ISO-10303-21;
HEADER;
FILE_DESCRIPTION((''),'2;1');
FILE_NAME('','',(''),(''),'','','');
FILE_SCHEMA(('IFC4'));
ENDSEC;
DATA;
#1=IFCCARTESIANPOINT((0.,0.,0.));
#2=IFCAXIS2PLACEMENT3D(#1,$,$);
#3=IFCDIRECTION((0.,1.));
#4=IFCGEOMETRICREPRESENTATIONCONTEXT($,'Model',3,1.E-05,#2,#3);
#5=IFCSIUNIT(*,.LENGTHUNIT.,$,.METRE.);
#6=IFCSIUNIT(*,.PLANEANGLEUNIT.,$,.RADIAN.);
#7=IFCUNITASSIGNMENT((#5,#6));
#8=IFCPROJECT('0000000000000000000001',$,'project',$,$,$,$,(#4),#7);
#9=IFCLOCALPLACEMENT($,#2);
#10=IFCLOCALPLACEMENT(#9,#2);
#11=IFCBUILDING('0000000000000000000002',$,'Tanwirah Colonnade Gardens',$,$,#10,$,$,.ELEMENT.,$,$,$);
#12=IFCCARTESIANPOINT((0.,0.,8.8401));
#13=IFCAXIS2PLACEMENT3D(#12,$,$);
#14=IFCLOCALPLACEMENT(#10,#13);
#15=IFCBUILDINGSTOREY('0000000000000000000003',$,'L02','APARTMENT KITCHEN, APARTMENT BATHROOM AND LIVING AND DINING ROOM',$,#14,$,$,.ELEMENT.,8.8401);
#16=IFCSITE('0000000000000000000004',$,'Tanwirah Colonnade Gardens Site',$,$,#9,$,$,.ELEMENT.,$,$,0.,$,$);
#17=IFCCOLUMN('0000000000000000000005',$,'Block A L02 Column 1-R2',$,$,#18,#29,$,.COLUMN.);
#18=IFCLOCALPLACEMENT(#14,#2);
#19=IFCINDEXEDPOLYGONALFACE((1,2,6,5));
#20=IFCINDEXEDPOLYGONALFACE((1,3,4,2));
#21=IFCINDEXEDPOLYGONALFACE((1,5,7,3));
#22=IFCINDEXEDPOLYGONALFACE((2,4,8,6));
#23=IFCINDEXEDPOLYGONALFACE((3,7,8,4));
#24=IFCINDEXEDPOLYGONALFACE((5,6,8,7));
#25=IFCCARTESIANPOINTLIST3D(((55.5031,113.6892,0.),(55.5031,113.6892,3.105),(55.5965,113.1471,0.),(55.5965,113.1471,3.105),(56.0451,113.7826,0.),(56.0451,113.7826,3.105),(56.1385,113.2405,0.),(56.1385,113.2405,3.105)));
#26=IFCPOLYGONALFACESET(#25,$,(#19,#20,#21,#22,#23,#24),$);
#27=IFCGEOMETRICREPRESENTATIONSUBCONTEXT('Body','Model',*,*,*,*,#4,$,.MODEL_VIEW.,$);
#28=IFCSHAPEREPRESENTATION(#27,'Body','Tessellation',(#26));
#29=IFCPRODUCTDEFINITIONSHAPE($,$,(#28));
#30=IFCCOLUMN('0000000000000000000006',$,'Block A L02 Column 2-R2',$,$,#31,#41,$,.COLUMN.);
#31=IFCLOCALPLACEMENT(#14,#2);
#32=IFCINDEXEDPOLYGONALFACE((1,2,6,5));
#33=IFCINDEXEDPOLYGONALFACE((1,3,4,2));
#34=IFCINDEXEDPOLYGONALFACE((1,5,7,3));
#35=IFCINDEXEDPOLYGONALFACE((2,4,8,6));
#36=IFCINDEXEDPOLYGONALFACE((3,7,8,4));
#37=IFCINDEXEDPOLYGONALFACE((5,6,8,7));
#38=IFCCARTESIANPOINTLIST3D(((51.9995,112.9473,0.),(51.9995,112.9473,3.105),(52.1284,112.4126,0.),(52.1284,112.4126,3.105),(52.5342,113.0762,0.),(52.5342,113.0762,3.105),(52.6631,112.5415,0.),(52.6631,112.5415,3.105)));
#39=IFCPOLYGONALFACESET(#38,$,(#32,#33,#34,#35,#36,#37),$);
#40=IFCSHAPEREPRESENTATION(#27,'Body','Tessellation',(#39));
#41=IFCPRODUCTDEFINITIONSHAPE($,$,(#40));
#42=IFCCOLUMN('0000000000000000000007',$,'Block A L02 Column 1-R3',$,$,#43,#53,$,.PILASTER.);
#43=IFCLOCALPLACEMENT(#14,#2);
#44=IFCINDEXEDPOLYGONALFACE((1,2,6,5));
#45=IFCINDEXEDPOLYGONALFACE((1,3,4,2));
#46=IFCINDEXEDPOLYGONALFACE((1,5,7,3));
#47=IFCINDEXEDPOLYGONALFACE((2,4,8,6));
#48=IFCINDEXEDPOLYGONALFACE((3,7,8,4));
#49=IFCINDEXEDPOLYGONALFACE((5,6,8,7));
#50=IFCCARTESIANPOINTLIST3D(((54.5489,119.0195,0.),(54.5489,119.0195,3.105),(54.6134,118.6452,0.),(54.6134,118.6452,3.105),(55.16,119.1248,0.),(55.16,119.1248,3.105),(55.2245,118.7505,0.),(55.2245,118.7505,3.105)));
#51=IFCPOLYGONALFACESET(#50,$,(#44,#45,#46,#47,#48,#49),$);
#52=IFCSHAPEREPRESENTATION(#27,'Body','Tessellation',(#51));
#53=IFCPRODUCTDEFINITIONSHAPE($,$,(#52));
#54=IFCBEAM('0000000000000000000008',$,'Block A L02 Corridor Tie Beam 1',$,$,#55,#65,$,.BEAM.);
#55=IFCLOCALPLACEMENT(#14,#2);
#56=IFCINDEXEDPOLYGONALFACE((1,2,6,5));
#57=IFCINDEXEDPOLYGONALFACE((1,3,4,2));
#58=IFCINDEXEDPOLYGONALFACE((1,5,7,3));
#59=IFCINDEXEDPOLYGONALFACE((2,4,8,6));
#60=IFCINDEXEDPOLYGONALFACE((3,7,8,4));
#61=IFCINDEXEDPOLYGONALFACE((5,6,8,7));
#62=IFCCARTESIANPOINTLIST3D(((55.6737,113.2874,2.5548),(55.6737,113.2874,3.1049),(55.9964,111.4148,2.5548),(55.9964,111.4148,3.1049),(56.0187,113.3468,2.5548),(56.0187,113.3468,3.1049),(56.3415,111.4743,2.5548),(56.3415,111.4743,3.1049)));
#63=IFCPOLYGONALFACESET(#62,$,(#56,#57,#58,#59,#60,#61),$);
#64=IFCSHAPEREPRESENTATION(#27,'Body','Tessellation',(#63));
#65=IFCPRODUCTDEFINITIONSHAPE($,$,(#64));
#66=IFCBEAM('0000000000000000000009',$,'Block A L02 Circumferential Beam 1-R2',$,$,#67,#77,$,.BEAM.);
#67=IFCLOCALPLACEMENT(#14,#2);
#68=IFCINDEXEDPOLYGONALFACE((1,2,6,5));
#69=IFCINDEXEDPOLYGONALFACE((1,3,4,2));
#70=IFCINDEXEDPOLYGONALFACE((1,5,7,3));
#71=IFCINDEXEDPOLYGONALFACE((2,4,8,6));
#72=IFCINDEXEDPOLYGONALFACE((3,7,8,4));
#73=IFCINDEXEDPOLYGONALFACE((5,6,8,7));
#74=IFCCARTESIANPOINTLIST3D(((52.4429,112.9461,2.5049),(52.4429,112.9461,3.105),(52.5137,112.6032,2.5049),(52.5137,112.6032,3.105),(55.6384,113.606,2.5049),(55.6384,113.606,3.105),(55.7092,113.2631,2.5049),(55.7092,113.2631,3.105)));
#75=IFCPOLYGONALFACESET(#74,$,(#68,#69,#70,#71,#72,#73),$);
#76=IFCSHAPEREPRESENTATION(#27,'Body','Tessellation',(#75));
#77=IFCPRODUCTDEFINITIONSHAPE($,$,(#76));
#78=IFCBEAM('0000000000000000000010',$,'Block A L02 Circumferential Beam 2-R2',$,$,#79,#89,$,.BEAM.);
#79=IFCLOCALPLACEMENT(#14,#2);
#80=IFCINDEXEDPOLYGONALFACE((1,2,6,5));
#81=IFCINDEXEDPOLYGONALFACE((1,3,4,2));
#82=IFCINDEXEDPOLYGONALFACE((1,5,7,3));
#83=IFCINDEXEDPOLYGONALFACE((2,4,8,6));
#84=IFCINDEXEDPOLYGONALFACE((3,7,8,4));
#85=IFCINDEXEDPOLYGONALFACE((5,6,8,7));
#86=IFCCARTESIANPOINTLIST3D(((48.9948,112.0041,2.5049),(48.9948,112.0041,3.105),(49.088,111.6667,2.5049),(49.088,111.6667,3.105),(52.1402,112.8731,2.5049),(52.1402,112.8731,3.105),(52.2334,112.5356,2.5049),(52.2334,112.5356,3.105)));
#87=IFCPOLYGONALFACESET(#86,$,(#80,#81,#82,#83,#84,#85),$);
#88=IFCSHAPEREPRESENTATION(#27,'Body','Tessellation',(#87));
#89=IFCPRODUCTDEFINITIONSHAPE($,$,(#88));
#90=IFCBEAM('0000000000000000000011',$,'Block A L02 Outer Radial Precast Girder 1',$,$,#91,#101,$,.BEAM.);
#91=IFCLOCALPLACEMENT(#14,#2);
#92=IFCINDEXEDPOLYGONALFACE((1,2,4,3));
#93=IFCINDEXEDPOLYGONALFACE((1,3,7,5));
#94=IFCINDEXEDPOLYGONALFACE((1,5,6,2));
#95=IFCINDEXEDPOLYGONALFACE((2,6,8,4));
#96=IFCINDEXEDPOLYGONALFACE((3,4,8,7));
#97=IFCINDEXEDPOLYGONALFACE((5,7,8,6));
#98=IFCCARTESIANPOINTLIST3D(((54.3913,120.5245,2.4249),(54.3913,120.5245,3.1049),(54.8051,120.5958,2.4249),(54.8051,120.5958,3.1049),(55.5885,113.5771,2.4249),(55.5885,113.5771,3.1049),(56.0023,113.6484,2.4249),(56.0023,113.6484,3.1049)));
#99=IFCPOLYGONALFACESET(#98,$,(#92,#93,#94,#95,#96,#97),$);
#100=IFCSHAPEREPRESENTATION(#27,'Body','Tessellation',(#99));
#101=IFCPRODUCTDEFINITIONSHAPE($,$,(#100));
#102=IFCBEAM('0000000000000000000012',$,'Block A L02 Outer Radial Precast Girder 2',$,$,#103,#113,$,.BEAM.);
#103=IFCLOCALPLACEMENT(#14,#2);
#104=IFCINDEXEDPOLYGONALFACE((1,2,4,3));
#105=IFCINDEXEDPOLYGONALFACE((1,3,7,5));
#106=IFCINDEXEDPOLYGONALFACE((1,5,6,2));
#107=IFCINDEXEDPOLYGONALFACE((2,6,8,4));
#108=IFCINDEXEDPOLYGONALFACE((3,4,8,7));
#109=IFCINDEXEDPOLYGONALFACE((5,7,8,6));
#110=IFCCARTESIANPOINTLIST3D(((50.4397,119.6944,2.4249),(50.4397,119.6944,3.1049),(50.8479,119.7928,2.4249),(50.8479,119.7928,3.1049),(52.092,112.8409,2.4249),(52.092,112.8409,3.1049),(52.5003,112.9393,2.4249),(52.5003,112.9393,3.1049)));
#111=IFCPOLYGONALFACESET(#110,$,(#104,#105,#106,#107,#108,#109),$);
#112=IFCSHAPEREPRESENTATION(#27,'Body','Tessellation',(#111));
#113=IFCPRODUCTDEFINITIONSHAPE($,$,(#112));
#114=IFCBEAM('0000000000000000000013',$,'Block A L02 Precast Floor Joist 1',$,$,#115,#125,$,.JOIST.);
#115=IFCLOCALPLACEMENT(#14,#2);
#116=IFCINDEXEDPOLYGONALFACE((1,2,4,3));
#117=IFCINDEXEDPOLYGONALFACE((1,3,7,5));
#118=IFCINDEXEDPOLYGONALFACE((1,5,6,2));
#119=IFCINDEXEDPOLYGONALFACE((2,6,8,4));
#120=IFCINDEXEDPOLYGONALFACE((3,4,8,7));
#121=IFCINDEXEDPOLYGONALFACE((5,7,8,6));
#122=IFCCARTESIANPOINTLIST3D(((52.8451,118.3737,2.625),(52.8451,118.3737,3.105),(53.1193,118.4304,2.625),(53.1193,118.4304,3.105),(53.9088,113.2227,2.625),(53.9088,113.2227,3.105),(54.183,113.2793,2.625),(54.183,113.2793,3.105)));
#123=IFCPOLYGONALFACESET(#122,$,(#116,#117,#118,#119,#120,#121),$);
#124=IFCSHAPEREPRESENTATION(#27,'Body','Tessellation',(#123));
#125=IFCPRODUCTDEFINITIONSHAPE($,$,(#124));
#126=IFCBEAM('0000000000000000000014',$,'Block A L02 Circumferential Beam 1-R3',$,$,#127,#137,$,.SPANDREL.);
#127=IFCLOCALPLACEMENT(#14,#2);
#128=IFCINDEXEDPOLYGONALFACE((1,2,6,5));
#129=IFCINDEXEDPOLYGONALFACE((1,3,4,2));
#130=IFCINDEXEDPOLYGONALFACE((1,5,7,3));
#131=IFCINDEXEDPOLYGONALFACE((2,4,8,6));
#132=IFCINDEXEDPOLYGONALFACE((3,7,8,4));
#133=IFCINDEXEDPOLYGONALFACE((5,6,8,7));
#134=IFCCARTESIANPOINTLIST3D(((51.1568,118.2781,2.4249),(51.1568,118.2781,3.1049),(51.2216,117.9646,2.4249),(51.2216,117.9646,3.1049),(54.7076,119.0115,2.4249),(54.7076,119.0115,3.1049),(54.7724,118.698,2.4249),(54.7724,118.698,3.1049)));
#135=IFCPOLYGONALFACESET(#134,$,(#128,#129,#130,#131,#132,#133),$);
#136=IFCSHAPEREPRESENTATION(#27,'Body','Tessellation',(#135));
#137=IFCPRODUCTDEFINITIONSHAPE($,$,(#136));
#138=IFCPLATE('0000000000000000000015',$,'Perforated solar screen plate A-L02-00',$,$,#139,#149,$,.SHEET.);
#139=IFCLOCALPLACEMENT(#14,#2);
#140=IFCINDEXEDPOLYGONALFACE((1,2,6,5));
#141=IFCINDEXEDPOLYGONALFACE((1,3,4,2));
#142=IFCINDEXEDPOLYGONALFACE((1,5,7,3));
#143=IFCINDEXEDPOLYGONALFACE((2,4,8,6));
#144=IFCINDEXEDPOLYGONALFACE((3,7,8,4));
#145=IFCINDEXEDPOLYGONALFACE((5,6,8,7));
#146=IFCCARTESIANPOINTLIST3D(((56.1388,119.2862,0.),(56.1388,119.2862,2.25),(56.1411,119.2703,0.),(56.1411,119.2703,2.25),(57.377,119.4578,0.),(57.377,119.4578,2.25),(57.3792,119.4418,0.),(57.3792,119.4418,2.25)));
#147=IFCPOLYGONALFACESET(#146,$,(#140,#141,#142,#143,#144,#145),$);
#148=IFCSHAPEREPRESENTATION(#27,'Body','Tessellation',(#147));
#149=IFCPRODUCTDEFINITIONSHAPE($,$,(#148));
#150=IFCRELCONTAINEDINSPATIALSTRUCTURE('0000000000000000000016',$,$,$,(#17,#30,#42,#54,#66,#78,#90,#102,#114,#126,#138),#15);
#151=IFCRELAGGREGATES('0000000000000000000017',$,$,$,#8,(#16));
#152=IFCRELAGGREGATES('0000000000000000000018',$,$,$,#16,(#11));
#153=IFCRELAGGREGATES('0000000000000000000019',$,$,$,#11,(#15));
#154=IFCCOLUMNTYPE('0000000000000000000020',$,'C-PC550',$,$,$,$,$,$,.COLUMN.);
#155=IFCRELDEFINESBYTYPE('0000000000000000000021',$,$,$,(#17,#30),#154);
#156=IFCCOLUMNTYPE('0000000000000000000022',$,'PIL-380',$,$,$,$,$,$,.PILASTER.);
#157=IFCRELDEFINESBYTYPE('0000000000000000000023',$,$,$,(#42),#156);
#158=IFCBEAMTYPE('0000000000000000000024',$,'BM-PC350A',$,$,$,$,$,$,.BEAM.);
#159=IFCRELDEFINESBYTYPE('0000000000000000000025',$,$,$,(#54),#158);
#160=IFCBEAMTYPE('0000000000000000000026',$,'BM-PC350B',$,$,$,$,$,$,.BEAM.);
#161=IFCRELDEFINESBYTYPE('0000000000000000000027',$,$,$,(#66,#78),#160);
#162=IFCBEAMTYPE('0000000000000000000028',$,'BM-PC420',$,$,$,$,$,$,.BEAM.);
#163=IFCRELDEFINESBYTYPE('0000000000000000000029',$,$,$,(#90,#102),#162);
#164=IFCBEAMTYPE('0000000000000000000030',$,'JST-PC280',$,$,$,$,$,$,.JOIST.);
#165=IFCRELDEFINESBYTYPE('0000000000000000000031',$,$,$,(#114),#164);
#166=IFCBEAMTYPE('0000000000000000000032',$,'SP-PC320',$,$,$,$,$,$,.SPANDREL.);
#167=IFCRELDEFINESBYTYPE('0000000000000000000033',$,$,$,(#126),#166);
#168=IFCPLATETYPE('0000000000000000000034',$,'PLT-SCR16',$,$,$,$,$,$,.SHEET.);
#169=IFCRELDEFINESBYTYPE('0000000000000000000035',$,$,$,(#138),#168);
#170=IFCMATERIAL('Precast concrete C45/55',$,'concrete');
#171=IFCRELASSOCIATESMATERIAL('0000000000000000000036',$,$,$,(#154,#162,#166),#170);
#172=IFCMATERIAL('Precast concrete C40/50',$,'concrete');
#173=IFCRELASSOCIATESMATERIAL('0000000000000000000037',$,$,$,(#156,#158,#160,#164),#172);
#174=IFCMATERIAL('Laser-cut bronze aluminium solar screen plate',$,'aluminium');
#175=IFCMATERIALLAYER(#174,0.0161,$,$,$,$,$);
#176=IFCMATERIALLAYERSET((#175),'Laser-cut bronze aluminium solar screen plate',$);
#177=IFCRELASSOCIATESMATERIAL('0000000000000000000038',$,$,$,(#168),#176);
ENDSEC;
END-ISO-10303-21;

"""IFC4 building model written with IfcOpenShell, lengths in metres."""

from ifc_helpers import new_model, si_unit, direction, frame, origin, origin_2d, place, context, subcontext, project, spatial, rectangle, extrude, material, layer, layer_set, material_profile, profile_set, type_object, element, save


model = new_model("IFC4")

# Units and contexts
model_context = context("Model", 3, precision=1e-05, world=origin(), true_north=direction((0.0, 1.0)))
body_context = subcontext(model_context, "Body", "Model", "MODEL_VIEW")
ifc_project = project(units=[si_unit("LENGTHUNIT", "METRE"), si_unit("PLANEANGLEUNIT", "RADIAN")], contexts=[model_context])

# Site, building, storey
site_placement = place(None, origin())
site = spatial("IfcSite", under=ifc_project, at=site_placement, Name="Tanwirah Colonnade Gardens Site", CompositionType="ELEMENT", RefElevation=0.0)
building_placement = place(site_placement, origin())
building = spatial("IfcBuilding", under=site, at=building_placement, Name="Tanwirah Colonnade Gardens", CompositionType="ELEMENT")
storey_placement = place(building_placement, frame((0.0, 0.0, 8.8401)))
storey = spatial("IfcBuildingStorey", under=building, at=storey_placement, Name="L02", Description="APARTMENT KITCHEN, APARTMENT BATHROOM AND LIVING AND DINING ROOM", CompositionType="ELEMENT", Elevation=8.8401)

# Columns
ifc_material_1 = material(Name="Precast concrete C45/55", Category="concrete")
ifc_material_profile_1 = material_profile(ifc_material_1, rectangle(XDim=0.55, YDim=0.55, at=origin_2d()), Name="PC-COL 550x550")
ifc_profile_set_1 = profile_set([ifc_material_profile_1], Name="Precast concrete C45/55")
column_type_1 = type_object("IfcColumnType", Name="C-PC550", PredefinedType="COLUMN", material=ifc_profile_set_1)
for number, where, z_axis, x_axis, name in (
    (1, (55.8208, 113.4648, 0.0), (0.0, 0.0, 1.0), (-0.169827, 0.985474, 0.0), "Block A L02 Column 1-R2"),
    (2, (52.3313, 112.7444, 0.0), (0.0, 0.0, 1.0), (-0.234388, 0.972143, 0.0), "Block A L02 Column 2-R2"),
):
    element("IfcColumn", number, at=place(storey_placement, frame(where, z_axis=z_axis, x_axis=x_axis)), inside=storey, type_object=column_type_1, Name=name, PredefinedType="COLUMN", context=body_context, shape_type="SweptSolid", body=[
        extrude(rectangle(XDim=0.55, YDim=0.55, at=origin_2d()), origin(), (0.0, 0.0, 1.0), 3.105),
    ])
ifc_material_2 = material(Name="Precast concrete C40/50", Category="concrete")
ifc_material_profile_2 = material_profile(ifc_material_2, rectangle(XDim=0.3799, YDim=0.6201, at=origin_2d()), Name="PC-PIL 380x620")
ifc_profile_set_2 = profile_set([ifc_material_profile_2], Name="Precast concrete C40/50")
column_type_2 = type_object("IfcColumnType", Name="PIL-380", PredefinedType="PILASTER", material=ifc_profile_set_2)
column_placement = place(storey_placement, frame((54.8867, 118.885, 0.0), z_axis=(0.0, 0.0, 1.0), x_axis=(-0.169827, 0.985474, 0.0)))
element("IfcColumn", 3, at=column_placement, inside=storey, type_object=column_type_2, Name="Block A L02 Column 1-R3", PredefinedType="PILASTER", context=body_context, shape_type="SweptSolid", body=[
    extrude(rectangle(XDim=0.3799, YDim=0.6201, at=origin_2d()), origin(), (0.0, 0.0, 1.0), 3.105),
])

# Beams
ifc_material_profile_3 = material_profile(ifc_material_2, rectangle(XDim=0.3501, YDim=0.55, at=origin_2d()), Name="PC-BM 350x550")
ifc_profile_set_3 = profile_set([ifc_material_profile_3], Name="Precast concrete C40/50")
beam_type_1 = type_object("IfcBeamType", Name="BM-PC350A", PredefinedType="BEAM", material=ifc_profile_set_3)
beam_1_placement = place(storey_placement, frame((56.1689, 111.4446, 2.8298), z_axis=(-0.169855, 0.985469, 0.0), x_axis=(-0.985469, -0.169855, 0.0)))
element("IfcBeam", 4, at=beam_1_placement, inside=storey, type_object=beam_type_1, Name="Block A L02 Corridor Tie Beam 1", PredefinedType="BEAM", context=body_context, shape_type="SweptSolid", body=[
    extrude(rectangle(XDim=0.3501, YDim=0.55, at=origin_2d()), origin(), (0.0, 0.0, 1.0), 1.9001),
])
ifc_material_profile_4 = material_profile(ifc_material_2, rectangle(XDim=0.3501, YDim=0.6001, at=origin_2d()), Name="PC-BM 350x600")
ifc_profile_set_4 = profile_set([ifc_material_profile_4], Name="Precast concrete C40/50")
beam_type_2 = type_object("IfcBeamType", Name="BM-PC350B", PredefinedType="BEAM", material=ifc_profile_set_4)
beam_2_placement = place(storey_placement, frame((55.6738, 113.4346, 2.8049), z_axis=(-0.979336, -0.202242, 0.0), x_axis=(0.202242, -0.979336, 0.0)))
element("IfcBeam", 5, at=beam_2_placement, inside=storey, type_object=beam_type_2, Name="Block A L02 Circumferential Beam 1-R2", PredefinedType="BEAM", context=body_context, shape_type="SweptSolid", body=[
    extrude(rectangle(XDim=0.3501, YDim=0.6001, at=origin_2d()), origin(), (0.0, 0.0, 1.0), 3.2629),
])
beam_3_placement = place(storey_placement, frame((52.1868, 112.7043, 2.8049), z_axis=(-0.963895, -0.266281, 0.0), x_axis=(0.266281, -0.963895, 0.0)))
element("IfcBeam", 6, at=beam_3_placement, inside=storey, type_object=beam_type_2, Name="Block A L02 Circumferential Beam 2-R2", PredefinedType="BEAM", context=body_context, shape_type="SweptSolid", body=[
    extrude(rectangle(XDim=0.3501, YDim=0.6001, at=origin_2d()), origin(), (0.0, 0.0, 1.0), 3.2632),
])
ifc_material_profile_5 = material_profile(ifc_material_1, rectangle(XDim=0.4199, YDim=0.6799, at=origin_2d()), Name="PC-BM 420x680")
ifc_profile_set_5 = profile_set([ifc_material_profile_5], Name="Precast concrete C45/55")
beam_type_3 = type_object("IfcBeamType", Name="BM-PC420", PredefinedType="BEAM", material=ifc_profile_set_5)
for number, where, z_axis, x_axis, name in (
    (7, (55.7954, 113.6128, 2.7649), (-0.169827, 0.985474, 0.0), (-0.985474, -0.169827, 0.0), "Block A L02 Outer Radial Precast Girder 1"),
    (8, (52.2961, 112.8901, 2.7649), (-0.234379, 0.972145, 0.0), (-0.972145, -0.234379, 0.0), "Block A L02 Outer Radial Precast Girder 2"),
):
    element("IfcBeam", number, at=place(storey_placement, frame(where, z_axis=z_axis, x_axis=x_axis)), inside=storey, type_object=beam_type_3, Name=name, PredefinedType="BEAM", context=body_context, shape_type="SweptSolid", body=[
        extrude(rectangle(XDim=0.4199, YDim=0.6799, at=origin_2d()), origin(), (0.0, 0.0, 1.0), 7.0498),
    ])
ifc_material_profile_6 = material_profile(ifc_material_2, rectangle(XDim=0.28, YDim=0.48, at=origin_2d()), Name="PC-JST 280x480")
ifc_profile_set_6 = profile_set([ifc_material_profile_6], Name="Precast concrete C40/50")
beam_type_4 = type_object("IfcBeamType", Name="JST-PC280", PredefinedType="JOIST", material=ifc_profile_set_6)
beam_4_placement = place(storey_placement, frame((54.0459, 113.251, 2.865), z_axis=(-0.202236, 0.979337, 0.0), x_axis=(-0.979337, -0.202236, 0.0)))
element("IfcBeam", 9, at=beam_4_placement, inside=storey, type_object=beam_type_4, Name="Block A L02 Precast Floor Joist 1", PredefinedType="JOIST", context=body_context, shape_type="SweptSolid", body=[
    extrude(rectangle(XDim=0.28, YDim=0.48, at=origin_2d()), origin(), (0.0, 0.0, 1.0), 5.2598),
])
ifc_material_profile_7 = material_profile(ifc_material_1, rectangle(XDim=0.3201, YDim=0.6799, at=origin_2d()), Name="PC-SP 320x680")
ifc_profile_set_7 = profile_set([ifc_material_profile_7], Name="Precast concrete C45/55")
beam_type_5 = type_object("IfcBeamType", Name="SP-PC320", PredefinedType="SPANDREL", material=ifc_profile_set_7)
beam_5_placement = place(storey_placement, frame((54.74, 118.8547, 2.7649), z_axis=(-0.979329, -0.202276, 0.0), x_axis=(0.202276, -0.979329, 0.0)))
element("IfcBeam", 10, at=beam_5_placement, inside=storey, type_object=beam_type_5, Name="Block A L02 Circumferential Beam 1-R3", PredefinedType="SPANDREL", context=body_context, shape_type="SweptSolid", body=[
    extrude(rectangle(XDim=0.3201, YDim=0.6799, at=origin_2d()), origin(), (0.0, 0.0, 1.0), 3.6257),
])

# Plate
ifc_material_3 = material(Name="Laser-cut bronze aluminium solar screen plate", Category="aluminium")
ifc_layer_1 = layer(ifc_material_3, 0.0161)
ifc_layer_set_1 = layer_set([ifc_layer_1], Name="Laser-cut bronze aluminium solar screen plate")
plate_type = type_object("IfcPlateType", Name="PLT-SCR16", PredefinedType="SHEET", material=ifc_layer_set_1)
plate_placement = place(storey_placement, frame((56.759, 119.364, 0.0), z_axis=(0.0, 0.0, 1.0), x_axis=(-0.990536, -0.137251, 0.0)))
element("IfcPlate", 11, at=plate_placement, inside=storey, type_object=plate_type, Name="Perforated solar screen plate A-L02-00", PredefinedType="SHEET", context=body_context, shape_type="SweptSolid", body=[
    extrude(rectangle(XDim=1.25, YDim=0.0161, at=origin_2d()), origin(), (0.0, 0.0, 1.0), 2.25),
])

save(model, "model.ifc")
